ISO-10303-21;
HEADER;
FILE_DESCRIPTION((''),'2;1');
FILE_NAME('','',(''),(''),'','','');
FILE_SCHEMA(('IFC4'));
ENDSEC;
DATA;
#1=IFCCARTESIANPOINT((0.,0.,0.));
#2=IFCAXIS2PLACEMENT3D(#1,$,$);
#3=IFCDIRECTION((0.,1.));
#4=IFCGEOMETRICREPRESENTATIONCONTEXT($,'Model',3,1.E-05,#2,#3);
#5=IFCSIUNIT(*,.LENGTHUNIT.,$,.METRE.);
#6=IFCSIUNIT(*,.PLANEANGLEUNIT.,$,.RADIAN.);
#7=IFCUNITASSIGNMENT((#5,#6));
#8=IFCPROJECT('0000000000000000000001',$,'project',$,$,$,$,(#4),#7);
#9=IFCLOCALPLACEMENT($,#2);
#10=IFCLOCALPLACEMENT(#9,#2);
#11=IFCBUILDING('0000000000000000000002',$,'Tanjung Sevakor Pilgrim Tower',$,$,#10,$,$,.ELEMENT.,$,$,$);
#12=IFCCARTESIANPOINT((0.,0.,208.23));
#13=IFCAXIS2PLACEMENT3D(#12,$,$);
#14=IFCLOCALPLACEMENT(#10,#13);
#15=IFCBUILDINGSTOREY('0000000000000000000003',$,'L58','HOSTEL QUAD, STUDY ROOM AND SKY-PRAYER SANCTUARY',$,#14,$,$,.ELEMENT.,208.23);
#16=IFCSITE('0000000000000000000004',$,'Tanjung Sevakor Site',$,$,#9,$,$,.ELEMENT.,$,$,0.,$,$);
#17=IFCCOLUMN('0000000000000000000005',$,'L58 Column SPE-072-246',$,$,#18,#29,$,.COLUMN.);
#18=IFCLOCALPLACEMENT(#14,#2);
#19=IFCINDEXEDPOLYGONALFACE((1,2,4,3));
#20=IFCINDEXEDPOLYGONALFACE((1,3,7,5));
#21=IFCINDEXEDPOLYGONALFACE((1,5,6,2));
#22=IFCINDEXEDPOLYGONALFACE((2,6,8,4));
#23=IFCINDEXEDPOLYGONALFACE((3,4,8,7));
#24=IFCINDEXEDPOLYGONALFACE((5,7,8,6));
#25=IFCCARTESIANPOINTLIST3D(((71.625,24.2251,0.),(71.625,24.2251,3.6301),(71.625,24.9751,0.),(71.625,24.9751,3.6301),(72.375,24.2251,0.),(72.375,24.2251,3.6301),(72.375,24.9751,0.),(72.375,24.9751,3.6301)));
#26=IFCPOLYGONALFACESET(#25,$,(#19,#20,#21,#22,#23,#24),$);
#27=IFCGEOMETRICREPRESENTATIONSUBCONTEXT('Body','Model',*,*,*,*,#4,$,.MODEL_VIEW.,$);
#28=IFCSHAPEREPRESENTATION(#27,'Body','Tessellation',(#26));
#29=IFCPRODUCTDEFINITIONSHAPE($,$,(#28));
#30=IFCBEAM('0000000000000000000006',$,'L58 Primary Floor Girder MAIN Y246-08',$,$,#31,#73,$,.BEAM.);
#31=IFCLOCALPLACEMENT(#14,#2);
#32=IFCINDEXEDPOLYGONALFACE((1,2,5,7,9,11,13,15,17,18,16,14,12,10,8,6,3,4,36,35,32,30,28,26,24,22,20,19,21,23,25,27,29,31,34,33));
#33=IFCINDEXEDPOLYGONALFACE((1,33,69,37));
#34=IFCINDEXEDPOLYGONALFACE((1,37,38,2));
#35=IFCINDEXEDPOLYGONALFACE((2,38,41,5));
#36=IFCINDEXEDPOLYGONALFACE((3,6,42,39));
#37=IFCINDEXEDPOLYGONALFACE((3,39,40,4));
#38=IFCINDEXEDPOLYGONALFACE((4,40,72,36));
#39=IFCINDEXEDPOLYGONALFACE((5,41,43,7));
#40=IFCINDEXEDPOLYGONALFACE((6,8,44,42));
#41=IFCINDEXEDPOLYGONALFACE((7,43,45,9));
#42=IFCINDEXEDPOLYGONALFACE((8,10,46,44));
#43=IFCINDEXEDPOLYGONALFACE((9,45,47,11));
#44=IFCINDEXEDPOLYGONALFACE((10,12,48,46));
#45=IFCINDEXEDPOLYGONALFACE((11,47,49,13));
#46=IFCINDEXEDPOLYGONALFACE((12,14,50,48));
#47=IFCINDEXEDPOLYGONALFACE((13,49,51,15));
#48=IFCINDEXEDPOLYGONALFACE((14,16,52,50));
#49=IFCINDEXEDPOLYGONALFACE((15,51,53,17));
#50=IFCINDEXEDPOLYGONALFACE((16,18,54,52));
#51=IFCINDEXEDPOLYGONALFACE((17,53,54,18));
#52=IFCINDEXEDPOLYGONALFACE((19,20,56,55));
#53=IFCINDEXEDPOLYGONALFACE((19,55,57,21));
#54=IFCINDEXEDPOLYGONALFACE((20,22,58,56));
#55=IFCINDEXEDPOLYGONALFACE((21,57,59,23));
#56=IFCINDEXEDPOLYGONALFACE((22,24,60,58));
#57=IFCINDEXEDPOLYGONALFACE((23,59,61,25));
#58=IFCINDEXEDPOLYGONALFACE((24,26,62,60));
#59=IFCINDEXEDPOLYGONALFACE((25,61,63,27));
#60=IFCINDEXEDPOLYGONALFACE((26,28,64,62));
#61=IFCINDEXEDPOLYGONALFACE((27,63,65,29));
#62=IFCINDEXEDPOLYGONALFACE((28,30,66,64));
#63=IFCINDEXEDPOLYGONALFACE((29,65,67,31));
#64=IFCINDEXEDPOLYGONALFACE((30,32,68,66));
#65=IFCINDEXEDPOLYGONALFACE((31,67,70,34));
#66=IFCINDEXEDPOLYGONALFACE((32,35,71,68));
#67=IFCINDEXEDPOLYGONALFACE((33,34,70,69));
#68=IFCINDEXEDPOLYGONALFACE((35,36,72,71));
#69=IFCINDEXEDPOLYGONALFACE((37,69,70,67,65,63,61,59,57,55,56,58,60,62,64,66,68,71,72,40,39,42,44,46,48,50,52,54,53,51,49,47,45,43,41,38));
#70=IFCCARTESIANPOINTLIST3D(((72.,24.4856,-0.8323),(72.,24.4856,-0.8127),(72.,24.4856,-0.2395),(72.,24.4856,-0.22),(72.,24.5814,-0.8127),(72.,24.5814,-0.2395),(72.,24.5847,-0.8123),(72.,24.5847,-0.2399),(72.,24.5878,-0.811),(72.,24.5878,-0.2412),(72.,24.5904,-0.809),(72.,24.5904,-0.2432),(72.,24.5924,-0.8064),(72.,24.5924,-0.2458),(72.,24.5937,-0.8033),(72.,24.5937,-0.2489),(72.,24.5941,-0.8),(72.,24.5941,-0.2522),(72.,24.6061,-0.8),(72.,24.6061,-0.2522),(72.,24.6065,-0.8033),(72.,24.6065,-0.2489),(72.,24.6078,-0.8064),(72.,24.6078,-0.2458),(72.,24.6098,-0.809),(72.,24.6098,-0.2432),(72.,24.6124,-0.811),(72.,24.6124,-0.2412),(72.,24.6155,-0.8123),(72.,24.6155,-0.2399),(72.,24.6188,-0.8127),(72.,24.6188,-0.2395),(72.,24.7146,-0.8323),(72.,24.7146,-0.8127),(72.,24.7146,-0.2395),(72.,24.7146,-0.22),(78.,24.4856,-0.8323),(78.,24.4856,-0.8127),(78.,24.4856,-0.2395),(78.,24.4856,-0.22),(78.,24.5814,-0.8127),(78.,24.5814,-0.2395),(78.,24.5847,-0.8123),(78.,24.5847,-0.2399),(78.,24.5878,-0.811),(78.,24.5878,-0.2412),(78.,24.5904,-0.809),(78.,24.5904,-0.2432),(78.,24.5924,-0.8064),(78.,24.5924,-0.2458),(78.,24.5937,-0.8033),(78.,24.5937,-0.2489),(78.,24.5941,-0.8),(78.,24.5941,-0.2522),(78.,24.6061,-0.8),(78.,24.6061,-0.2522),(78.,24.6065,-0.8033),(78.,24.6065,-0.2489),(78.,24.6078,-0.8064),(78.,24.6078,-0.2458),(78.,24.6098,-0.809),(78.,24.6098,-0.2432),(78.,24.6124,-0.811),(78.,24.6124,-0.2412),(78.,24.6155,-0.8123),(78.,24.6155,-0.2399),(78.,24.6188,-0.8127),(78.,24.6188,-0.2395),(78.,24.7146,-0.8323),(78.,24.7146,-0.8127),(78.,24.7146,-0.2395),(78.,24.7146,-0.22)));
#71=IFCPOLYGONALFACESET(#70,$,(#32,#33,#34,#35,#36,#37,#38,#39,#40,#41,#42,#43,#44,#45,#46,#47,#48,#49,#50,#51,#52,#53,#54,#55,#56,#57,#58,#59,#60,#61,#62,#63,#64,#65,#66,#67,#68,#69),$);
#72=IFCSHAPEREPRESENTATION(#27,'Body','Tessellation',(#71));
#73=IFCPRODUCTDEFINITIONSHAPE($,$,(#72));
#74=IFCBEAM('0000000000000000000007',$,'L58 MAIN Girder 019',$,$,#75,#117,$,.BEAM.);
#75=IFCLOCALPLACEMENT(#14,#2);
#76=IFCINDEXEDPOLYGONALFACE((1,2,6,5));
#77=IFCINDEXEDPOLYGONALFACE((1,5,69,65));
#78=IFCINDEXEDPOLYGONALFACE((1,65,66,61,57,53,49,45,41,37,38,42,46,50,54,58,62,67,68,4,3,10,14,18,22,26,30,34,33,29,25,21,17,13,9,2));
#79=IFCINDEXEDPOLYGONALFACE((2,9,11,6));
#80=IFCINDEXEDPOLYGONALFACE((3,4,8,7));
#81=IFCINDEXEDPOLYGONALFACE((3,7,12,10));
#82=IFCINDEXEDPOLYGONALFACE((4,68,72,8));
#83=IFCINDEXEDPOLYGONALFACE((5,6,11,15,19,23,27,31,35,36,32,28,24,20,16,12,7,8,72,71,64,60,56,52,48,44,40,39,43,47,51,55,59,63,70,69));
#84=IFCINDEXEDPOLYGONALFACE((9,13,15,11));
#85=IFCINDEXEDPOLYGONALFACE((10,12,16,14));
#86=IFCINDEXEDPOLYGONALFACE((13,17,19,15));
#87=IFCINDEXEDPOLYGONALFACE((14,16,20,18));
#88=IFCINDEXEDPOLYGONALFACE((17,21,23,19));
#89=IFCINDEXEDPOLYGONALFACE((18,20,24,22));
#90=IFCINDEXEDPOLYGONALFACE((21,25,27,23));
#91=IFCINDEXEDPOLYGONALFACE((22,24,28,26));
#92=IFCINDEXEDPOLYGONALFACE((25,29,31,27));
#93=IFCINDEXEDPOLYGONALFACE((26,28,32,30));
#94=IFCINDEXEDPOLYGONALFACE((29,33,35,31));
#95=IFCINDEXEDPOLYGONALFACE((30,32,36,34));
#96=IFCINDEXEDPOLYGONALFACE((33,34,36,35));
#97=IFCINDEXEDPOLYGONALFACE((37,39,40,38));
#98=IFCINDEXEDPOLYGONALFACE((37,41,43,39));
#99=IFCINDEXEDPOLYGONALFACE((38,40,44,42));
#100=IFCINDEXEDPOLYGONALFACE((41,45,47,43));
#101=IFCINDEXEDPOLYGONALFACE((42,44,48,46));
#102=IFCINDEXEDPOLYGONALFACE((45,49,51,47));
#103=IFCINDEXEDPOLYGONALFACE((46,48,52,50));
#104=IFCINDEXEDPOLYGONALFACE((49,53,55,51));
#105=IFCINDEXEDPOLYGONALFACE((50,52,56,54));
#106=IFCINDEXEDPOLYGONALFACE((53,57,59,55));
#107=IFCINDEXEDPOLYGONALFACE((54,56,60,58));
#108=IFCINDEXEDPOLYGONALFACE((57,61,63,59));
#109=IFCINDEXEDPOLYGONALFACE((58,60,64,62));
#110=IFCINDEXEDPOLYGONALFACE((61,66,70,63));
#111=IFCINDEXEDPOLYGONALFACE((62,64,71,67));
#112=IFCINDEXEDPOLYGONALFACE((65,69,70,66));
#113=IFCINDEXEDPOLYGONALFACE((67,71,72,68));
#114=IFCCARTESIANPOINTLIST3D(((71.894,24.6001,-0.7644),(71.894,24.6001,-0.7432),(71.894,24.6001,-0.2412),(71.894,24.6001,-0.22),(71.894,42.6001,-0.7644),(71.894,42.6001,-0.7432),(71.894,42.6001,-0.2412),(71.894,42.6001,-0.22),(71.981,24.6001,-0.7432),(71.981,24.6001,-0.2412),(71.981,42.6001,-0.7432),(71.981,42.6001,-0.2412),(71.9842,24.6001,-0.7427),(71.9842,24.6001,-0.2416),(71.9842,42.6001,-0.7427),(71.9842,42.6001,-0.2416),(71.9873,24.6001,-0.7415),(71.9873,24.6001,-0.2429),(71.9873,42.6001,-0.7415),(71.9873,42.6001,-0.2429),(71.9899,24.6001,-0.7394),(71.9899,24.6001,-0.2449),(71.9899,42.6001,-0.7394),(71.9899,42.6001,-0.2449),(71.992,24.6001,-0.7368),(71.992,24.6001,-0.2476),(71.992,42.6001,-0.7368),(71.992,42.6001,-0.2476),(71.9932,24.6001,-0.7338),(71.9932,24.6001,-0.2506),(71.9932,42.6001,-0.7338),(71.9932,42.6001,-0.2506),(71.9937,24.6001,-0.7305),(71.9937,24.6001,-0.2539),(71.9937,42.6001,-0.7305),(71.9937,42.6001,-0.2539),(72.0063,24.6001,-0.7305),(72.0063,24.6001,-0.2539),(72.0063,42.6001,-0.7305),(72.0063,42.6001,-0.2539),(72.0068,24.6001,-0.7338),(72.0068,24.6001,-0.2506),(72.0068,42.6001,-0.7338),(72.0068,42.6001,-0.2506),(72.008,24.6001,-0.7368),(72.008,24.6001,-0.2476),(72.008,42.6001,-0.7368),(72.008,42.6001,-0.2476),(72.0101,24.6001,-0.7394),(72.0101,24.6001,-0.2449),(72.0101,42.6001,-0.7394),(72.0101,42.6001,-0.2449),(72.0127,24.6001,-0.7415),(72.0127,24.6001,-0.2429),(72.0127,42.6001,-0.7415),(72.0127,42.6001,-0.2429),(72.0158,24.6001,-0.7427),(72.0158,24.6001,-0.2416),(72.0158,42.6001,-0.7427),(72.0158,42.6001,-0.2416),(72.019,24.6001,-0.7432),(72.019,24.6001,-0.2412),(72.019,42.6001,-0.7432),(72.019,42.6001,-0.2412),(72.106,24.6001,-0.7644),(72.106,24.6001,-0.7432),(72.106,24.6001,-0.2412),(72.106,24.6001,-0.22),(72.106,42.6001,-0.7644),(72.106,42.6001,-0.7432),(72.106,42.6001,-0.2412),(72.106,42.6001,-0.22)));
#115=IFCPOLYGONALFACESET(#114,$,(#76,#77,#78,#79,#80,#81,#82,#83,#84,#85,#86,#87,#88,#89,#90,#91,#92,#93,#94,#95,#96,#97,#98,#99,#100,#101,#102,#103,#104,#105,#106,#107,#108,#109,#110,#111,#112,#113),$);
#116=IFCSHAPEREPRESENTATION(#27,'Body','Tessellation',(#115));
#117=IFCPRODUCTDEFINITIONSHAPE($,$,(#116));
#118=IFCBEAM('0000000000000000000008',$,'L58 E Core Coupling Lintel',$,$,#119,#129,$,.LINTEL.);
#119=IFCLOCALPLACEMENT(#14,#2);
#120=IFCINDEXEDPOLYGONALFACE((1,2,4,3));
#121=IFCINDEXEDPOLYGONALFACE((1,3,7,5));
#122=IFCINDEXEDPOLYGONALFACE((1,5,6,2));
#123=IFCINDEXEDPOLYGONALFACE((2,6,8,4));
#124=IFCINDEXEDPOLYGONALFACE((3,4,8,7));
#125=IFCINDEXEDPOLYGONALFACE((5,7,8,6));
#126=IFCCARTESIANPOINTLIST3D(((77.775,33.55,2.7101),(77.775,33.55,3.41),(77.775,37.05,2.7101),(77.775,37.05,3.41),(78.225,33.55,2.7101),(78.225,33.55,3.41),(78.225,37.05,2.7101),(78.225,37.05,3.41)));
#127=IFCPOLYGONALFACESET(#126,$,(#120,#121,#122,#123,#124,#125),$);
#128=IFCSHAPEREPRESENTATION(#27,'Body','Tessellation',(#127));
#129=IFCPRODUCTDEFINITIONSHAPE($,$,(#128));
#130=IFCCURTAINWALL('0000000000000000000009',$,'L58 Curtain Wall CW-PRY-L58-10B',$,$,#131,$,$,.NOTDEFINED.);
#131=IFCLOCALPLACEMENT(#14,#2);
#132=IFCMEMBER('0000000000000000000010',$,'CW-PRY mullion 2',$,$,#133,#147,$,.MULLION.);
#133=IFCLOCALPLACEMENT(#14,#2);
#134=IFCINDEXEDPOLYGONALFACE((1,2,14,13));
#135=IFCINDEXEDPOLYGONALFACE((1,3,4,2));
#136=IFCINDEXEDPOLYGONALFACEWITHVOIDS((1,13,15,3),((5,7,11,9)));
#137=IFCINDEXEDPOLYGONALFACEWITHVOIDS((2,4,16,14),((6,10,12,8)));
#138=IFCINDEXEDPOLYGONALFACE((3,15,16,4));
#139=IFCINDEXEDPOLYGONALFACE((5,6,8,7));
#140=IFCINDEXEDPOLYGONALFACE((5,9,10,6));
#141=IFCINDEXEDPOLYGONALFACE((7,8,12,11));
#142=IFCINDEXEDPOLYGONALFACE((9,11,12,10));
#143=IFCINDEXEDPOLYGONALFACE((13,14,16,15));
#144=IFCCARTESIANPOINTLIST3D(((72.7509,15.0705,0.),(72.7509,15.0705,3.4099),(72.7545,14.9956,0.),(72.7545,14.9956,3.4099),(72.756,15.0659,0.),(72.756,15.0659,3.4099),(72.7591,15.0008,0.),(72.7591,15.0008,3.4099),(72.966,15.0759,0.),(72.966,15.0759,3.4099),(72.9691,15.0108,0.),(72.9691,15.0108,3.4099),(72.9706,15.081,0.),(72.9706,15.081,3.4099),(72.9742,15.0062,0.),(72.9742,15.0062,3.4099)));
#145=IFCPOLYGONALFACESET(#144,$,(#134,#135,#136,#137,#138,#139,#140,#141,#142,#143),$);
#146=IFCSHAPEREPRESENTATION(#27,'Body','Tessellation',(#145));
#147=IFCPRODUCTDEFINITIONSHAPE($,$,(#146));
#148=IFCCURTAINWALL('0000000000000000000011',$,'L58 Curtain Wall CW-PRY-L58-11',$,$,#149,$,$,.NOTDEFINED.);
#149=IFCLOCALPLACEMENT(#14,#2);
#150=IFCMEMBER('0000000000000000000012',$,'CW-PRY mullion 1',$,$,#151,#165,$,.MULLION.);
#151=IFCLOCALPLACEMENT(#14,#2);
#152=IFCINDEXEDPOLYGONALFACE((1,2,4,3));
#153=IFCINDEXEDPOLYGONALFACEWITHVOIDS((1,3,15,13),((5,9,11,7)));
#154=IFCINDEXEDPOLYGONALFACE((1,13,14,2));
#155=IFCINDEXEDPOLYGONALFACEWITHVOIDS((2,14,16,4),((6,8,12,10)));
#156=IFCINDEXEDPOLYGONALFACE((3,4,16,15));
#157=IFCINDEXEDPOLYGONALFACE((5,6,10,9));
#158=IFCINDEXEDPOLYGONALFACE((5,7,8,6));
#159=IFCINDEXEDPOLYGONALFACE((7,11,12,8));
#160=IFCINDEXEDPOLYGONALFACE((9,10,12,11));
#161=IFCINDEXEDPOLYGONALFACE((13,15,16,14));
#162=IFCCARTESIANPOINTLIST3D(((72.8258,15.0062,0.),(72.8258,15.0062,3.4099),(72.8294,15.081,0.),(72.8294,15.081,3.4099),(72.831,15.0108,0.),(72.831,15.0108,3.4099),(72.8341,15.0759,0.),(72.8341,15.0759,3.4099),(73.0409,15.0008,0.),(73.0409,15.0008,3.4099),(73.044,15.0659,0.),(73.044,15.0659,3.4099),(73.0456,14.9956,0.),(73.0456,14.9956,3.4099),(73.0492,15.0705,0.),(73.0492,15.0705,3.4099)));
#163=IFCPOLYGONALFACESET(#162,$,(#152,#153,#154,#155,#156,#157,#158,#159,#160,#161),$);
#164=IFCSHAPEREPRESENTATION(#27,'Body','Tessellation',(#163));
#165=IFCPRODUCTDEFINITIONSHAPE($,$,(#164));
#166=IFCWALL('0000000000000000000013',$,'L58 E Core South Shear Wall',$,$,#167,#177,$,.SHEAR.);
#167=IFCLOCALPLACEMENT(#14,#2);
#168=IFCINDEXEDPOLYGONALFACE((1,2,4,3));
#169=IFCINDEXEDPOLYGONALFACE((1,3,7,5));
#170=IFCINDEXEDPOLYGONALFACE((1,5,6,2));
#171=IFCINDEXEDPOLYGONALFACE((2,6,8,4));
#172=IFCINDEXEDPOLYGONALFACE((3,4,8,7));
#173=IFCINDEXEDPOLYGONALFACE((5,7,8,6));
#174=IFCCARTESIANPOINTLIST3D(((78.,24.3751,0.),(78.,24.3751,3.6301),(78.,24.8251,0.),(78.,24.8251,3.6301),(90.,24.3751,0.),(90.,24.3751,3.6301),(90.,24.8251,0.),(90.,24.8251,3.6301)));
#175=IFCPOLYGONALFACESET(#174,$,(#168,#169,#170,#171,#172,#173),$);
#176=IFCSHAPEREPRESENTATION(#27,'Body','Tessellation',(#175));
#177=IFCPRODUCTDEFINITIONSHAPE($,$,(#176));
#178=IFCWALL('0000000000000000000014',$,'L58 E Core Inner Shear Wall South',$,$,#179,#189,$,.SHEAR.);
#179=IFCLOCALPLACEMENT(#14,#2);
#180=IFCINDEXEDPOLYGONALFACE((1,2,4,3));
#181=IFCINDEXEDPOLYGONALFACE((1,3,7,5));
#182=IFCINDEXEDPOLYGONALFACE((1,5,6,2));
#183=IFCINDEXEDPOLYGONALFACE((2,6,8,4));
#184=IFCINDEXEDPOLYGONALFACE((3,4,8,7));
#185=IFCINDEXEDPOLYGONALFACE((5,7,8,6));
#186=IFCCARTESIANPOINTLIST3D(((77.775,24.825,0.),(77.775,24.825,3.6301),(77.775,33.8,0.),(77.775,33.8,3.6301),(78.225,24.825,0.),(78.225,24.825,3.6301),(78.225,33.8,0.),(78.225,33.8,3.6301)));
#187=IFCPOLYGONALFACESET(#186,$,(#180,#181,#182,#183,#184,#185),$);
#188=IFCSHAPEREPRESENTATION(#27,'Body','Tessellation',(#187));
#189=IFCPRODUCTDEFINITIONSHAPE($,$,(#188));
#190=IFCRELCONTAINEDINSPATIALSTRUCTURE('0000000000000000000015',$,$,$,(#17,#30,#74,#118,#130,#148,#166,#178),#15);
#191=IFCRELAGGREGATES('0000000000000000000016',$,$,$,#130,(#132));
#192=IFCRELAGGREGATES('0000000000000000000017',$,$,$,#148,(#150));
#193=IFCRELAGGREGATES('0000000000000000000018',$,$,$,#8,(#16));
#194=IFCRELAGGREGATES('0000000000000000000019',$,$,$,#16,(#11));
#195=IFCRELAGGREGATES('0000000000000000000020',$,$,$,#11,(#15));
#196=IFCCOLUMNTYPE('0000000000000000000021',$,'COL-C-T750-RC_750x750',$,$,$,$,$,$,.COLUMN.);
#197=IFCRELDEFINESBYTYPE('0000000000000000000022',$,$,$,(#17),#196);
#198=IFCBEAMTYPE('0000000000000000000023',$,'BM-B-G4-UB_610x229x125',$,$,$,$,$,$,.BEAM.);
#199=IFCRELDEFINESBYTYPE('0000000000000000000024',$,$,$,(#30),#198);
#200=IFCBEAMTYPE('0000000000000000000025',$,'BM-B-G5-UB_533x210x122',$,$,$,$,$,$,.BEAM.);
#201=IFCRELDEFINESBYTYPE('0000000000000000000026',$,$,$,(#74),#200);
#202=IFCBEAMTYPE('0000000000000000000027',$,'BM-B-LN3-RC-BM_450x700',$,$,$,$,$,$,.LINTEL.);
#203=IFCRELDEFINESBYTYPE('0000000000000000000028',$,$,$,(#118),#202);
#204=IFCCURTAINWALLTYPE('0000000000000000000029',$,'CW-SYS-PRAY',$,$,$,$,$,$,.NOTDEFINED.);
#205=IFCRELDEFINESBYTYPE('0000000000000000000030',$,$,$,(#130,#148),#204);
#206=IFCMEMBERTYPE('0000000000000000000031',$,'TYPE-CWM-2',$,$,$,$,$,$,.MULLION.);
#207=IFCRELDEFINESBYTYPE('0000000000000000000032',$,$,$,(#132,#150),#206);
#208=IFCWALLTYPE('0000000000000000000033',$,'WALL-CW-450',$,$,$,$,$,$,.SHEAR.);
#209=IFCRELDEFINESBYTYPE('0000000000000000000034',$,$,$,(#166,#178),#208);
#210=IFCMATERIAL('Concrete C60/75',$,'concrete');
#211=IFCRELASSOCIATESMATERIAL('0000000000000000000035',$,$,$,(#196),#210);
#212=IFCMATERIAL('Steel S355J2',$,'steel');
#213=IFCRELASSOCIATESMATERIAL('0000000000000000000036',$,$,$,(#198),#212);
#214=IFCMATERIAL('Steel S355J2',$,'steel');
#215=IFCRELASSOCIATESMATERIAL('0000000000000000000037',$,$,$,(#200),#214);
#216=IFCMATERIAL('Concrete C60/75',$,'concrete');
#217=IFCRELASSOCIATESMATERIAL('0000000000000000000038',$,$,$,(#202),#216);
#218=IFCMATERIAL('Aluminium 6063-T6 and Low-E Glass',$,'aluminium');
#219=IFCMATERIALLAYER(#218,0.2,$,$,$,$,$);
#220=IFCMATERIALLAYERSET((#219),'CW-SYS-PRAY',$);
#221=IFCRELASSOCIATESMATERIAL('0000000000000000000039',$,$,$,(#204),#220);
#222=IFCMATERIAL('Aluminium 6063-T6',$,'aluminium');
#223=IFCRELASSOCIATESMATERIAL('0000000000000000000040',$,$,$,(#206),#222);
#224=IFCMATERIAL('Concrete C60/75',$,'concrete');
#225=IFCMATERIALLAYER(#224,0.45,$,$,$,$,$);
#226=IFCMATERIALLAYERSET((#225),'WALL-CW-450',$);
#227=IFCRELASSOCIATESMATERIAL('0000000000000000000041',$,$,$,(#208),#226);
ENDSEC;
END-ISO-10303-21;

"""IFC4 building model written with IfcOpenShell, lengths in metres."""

from ifc_helpers import new_model, si_unit, direction, frame, frame_2d, origin, origin_2d, place, context, subcontext, project, spatial, rectangle, hollow_rectangle, i_section, extrude, material, layer, layer_set, material_profile, profile_set, type_object, element, aggregate, save


model = new_model("IFC4")

# Units and contexts
model_context = context("Model", 3, precision=1e-05, world=origin(), true_north=direction((0.0, 1.0)))
body_context = subcontext(model_context, "Body", "Model", "MODEL_VIEW")
ifc_project = project(units=[si_unit("LENGTHUNIT", "METRE"), si_unit("PLANEANGLEUNIT", "RADIAN")], contexts=[model_context])

# Site, building, storey
site_placement = place(None, origin())
site = spatial("IfcSite", under=ifc_project, at=site_placement, Name="Tanjung Sevakor Site", CompositionType="ELEMENT", RefElevation=0.0)
building_placement = place(site_placement, origin())
building = spatial("IfcBuilding", under=site, at=building_placement, Name="Tanjung Sevakor Pilgrim Tower", CompositionType="ELEMENT")
storey_placement = place(building_placement, frame((0.0, 0.0, 208.23)))
storey = spatial("IfcBuildingStorey", under=building, at=storey_placement, Name="L58", Description="HOSTEL QUAD, STUDY ROOM AND SKY-PRAYER SANCTUARY", CompositionType="ELEMENT", Elevation=208.23)

# Column
ifc_material_1 = material(Name="Concrete C60/75", Category="concrete")
ifc_material_profile_1 = material_profile(ifc_material_1, rectangle(XDim=0.75, YDim=0.75, at=origin_2d()))
ifc_profile_set_1 = profile_set([ifc_material_profile_1], Name="Concrete C60/75")
column_type = type_object("IfcColumnType", Name="COL-C-T750-RC_750x750", PredefinedType="COLUMN", material=ifc_profile_set_1)
column_placement = place(storey_placement, frame((72.0, 24.6001, 0.0), z_axis=(0.0, 0.0, 1.0), x_axis=(1.0, 0.0, 0.0)))
element("IfcColumn", 1, at=column_placement, inside=storey, type_object=column_type, Name="L58 Column SPE-072-246", PredefinedType="COLUMN", context=body_context, shape_type="SweptSolid", body=[
    extrude(rectangle(XDim=0.75, YDim=0.75, at=origin_2d()), origin(), (0.0, 0.0, 1.0), 3.6301),
])

# Beams
ifc_material_2 = material(Name="Steel S355J2", Category="steel")
ifc_material_profile_2 = material_profile(ifc_material_2, i_section(OverallWidth=0.229, OverallDepth=0.6123, WebThickness=0.012, FlangeThickness=0.0195, FilletRadius=0.0127, at=origin_2d()))
ifc_profile_set_2 = profile_set([ifc_material_profile_2], Name="Steel S355J2")
beam_type_1 = type_object("IfcBeamType", Name="BM-B-G4-UB_610x229x125", PredefinedType="BEAM", material=ifc_profile_set_2)
beam_1_placement = place(storey_placement, frame((72.0, 24.6001, -0.5261), z_axis=(1.0, 0.0, 0.0), x_axis=(0.0, 1.0, 0.0)))
element("IfcBeam", 2, at=beam_1_placement, inside=storey, type_object=beam_type_1, Name="L58 Primary Floor Girder MAIN Y246-08", PredefinedType="BEAM", context=body_context, shape_type="SweptSolid", body=[
    extrude(i_section(OverallWidth=0.229, OverallDepth=0.6123, WebThickness=0.012, FlangeThickness=0.0195, FilletRadius=0.0127, at=origin_2d()), origin(), (0.0, 0.0, 1.0), 6.0),
])
ifc_material_3 = material(Name="Steel S355J2", Category="steel")
ifc_material_profile_3 = material_profile(ifc_material_3, i_section(OverallWidth=0.2119, OverallDepth=0.5444, WebThickness=0.0127, FlangeThickness=0.0212, FilletRadius=0.0127, at=origin_2d()))
ifc_profile_set_3 = profile_set([ifc_material_profile_3], Name="Steel S355J2")
beam_type_2 = type_object("IfcBeamType", Name="BM-B-G5-UB_533x210x122", PredefinedType="BEAM", material=ifc_profile_set_3)
beam_2_placement = place(storey_placement, frame((72.0, 24.6001, -0.4922), z_axis=(0.0, 1.0, 0.0), x_axis=(-1.0, 0.0, 0.0)))
element("IfcBeam", 3, at=beam_2_placement, inside=storey, type_object=beam_type_2, Name="L58 MAIN Girder 019", PredefinedType="BEAM", context=body_context, shape_type="SweptSolid", body=[
    extrude(i_section(OverallWidth=0.2119, OverallDepth=0.5444, WebThickness=0.0127, FlangeThickness=0.0212, FilletRadius=0.0127, at=origin_2d()), origin(), (0.0, 0.0, 1.0), 18.0),
])
ifc_material_4 = material(Name="Concrete C60/75", Category="concrete")
ifc_material_profile_4 = material_profile(ifc_material_4, rectangle(XDim=0.45, YDim=0.7, at=origin_2d()))
ifc_profile_set_4 = profile_set([ifc_material_profile_4], Name="Concrete C60/75")
beam_type_3 = type_object("IfcBeamType", Name="BM-B-LN3-RC-BM_450x700", PredefinedType="LINTEL", material=ifc_profile_set_4)
beam_3_placement = place(storey_placement, frame((78.0, 33.55, 3.0601), z_axis=(0.0, 1.0, 0.0), x_axis=(-1.0, 0.0, 0.0)))
element("IfcBeam", 4, at=beam_3_placement, inside=storey, type_object=beam_type_3, Name="L58 E Core Coupling Lintel", PredefinedType="LINTEL", context=body_context, shape_type="SweptSolid", body=[
    extrude(rectangle(XDim=0.45, YDim=0.7, at=origin_2d()), origin(), (0.0, 0.0, 1.0), 3.5),
])

# Curtain walls, members
ifc_material_5 = material(Name="Aluminium 6063-T6 and Low-E Glass", Category="aluminium")
ifc_layer_1 = layer(ifc_material_5, 0.2)
ifc_layer_set_1 = layer_set([ifc_layer_1], Name="CW-SYS-PRAY")
curtain_wall_type = type_object("IfcCurtainWallType", Name="CW-SYS-PRAY", PredefinedType="NOTDEFINED", material=ifc_layer_set_1)
curtain_wall_1_placement = place(storey_placement, origin())
curtain_wall_1 = element("IfcCurtainWall", 5, at=curtain_wall_1_placement, inside=storey, type_object=curtain_wall_type, Name="L58 Curtain Wall CW-PRY-L58-10B", PredefinedType="NOTDEFINED")
ifc_material_6 = material(Name="Aluminium 6063-T6", Category="aluminium")
ifc_material_profile_5 = material_profile(ifc_material_6, hollow_rectangle(XDim=0.075, YDim=0.22, WallThickness=0.0049, at=origin_2d()))
ifc_profile_set_5 = profile_set([ifc_material_profile_5], Name="Aluminium 6063-T6")
member_type = type_object("IfcMemberType", Name="TYPE-CWM-2", PredefinedType="MULLION", material=ifc_profile_set_5)
member_1_placement = place(storey_placement, frame((72.8625, 15.0383, 0.0), z_axis=(0.0, 0.0, 1.0), x_axis=(-0.047792, 0.998857, 0.0)))
member_1 = element("IfcMember", 6, at=member_1_placement, type_object=member_type, Name="CW-PRY mullion 2", PredefinedType="MULLION", context=body_context, shape_type="SweptSolid", body=[
    extrude(hollow_rectangle(XDim=0.075, YDim=0.22, WallThickness=0.0049, at=origin_2d()), origin(), (0.0, 0.0, 1.0), 3.4099),
])
aggregate(curtain_wall_1, [member_1])
curtain_wall_2_placement = place(storey_placement, origin())
curtain_wall_2 = element("IfcCurtainWall", 7, at=curtain_wall_2_placement, inside=storey, type_object=curtain_wall_type, Name="L58 Curtain Wall CW-PRY-L58-11", PredefinedType="NOTDEFINED")
member_2_placement = place(storey_placement, frame((72.9375, 15.0383, 0.0), z_axis=(0.0, 0.0, 1.0), x_axis=(0.047787, 0.998858, 0.0)))
member_2 = element("IfcMember", 8, at=member_2_placement, type_object=member_type, Name="CW-PRY mullion 1", PredefinedType="MULLION", context=body_context, shape_type="SweptSolid", body=[
    extrude(hollow_rectangle(XDim=0.075, YDim=0.22, WallThickness=0.0049, at=origin_2d()), origin(), (0.0, 0.0, 1.0), 3.4099),
])
aggregate(curtain_wall_2, [member_2])

# Walls
ifc_material_7 = material(Name="Concrete C60/75", Category="concrete")
ifc_layer_2 = layer(ifc_material_7, 0.45)
ifc_layer_set_2 = layer_set([ifc_layer_2], Name="WALL-CW-450")
wall_type_1 = type_object("IfcWallType", Name="WALL-CW-450", PredefinedType="SHEAR", material=ifc_layer_set_2)
wall_1_placement = place(storey_placement, frame((78.0, 24.6001, 0.0), z_axis=(0.0, 0.0, 1.0), x_axis=(1.0, 0.0, 0.0)))
element("IfcWall", 9, at=wall_1_placement, inside=storey, type_object=wall_type_1, Name="L58 E Core South Shear Wall", PredefinedType="SHEAR", context=body_context, shape_type="SweptSolid", body=[
    extrude(rectangle(XDim=12.0, YDim=0.45, at=frame_2d((6.0, 0.0))), origin(), (0.0, 0.0, 1.0), 3.6301),
])
wall_2_placement = place(storey_placement, frame((78.0, 24.825, 0.0), z_axis=(0.0, 0.0, 1.0), x_axis=(0.0, 1.0, 0.0)))
element("IfcWall", 10, at=wall_2_placement, inside=storey, type_object=wall_type_1, Name="L58 E Core Inner Shear Wall South", PredefinedType="SHEAR", context=body_context, shape_type="SweptSolid", body=[
    extrude(rectangle(XDim=8.9751, YDim=0.45, at=frame_2d((4.4875, 0.0))), origin(), (0.0, 0.0, 1.0), 3.6301),
])

save(model, "model.ifc")
